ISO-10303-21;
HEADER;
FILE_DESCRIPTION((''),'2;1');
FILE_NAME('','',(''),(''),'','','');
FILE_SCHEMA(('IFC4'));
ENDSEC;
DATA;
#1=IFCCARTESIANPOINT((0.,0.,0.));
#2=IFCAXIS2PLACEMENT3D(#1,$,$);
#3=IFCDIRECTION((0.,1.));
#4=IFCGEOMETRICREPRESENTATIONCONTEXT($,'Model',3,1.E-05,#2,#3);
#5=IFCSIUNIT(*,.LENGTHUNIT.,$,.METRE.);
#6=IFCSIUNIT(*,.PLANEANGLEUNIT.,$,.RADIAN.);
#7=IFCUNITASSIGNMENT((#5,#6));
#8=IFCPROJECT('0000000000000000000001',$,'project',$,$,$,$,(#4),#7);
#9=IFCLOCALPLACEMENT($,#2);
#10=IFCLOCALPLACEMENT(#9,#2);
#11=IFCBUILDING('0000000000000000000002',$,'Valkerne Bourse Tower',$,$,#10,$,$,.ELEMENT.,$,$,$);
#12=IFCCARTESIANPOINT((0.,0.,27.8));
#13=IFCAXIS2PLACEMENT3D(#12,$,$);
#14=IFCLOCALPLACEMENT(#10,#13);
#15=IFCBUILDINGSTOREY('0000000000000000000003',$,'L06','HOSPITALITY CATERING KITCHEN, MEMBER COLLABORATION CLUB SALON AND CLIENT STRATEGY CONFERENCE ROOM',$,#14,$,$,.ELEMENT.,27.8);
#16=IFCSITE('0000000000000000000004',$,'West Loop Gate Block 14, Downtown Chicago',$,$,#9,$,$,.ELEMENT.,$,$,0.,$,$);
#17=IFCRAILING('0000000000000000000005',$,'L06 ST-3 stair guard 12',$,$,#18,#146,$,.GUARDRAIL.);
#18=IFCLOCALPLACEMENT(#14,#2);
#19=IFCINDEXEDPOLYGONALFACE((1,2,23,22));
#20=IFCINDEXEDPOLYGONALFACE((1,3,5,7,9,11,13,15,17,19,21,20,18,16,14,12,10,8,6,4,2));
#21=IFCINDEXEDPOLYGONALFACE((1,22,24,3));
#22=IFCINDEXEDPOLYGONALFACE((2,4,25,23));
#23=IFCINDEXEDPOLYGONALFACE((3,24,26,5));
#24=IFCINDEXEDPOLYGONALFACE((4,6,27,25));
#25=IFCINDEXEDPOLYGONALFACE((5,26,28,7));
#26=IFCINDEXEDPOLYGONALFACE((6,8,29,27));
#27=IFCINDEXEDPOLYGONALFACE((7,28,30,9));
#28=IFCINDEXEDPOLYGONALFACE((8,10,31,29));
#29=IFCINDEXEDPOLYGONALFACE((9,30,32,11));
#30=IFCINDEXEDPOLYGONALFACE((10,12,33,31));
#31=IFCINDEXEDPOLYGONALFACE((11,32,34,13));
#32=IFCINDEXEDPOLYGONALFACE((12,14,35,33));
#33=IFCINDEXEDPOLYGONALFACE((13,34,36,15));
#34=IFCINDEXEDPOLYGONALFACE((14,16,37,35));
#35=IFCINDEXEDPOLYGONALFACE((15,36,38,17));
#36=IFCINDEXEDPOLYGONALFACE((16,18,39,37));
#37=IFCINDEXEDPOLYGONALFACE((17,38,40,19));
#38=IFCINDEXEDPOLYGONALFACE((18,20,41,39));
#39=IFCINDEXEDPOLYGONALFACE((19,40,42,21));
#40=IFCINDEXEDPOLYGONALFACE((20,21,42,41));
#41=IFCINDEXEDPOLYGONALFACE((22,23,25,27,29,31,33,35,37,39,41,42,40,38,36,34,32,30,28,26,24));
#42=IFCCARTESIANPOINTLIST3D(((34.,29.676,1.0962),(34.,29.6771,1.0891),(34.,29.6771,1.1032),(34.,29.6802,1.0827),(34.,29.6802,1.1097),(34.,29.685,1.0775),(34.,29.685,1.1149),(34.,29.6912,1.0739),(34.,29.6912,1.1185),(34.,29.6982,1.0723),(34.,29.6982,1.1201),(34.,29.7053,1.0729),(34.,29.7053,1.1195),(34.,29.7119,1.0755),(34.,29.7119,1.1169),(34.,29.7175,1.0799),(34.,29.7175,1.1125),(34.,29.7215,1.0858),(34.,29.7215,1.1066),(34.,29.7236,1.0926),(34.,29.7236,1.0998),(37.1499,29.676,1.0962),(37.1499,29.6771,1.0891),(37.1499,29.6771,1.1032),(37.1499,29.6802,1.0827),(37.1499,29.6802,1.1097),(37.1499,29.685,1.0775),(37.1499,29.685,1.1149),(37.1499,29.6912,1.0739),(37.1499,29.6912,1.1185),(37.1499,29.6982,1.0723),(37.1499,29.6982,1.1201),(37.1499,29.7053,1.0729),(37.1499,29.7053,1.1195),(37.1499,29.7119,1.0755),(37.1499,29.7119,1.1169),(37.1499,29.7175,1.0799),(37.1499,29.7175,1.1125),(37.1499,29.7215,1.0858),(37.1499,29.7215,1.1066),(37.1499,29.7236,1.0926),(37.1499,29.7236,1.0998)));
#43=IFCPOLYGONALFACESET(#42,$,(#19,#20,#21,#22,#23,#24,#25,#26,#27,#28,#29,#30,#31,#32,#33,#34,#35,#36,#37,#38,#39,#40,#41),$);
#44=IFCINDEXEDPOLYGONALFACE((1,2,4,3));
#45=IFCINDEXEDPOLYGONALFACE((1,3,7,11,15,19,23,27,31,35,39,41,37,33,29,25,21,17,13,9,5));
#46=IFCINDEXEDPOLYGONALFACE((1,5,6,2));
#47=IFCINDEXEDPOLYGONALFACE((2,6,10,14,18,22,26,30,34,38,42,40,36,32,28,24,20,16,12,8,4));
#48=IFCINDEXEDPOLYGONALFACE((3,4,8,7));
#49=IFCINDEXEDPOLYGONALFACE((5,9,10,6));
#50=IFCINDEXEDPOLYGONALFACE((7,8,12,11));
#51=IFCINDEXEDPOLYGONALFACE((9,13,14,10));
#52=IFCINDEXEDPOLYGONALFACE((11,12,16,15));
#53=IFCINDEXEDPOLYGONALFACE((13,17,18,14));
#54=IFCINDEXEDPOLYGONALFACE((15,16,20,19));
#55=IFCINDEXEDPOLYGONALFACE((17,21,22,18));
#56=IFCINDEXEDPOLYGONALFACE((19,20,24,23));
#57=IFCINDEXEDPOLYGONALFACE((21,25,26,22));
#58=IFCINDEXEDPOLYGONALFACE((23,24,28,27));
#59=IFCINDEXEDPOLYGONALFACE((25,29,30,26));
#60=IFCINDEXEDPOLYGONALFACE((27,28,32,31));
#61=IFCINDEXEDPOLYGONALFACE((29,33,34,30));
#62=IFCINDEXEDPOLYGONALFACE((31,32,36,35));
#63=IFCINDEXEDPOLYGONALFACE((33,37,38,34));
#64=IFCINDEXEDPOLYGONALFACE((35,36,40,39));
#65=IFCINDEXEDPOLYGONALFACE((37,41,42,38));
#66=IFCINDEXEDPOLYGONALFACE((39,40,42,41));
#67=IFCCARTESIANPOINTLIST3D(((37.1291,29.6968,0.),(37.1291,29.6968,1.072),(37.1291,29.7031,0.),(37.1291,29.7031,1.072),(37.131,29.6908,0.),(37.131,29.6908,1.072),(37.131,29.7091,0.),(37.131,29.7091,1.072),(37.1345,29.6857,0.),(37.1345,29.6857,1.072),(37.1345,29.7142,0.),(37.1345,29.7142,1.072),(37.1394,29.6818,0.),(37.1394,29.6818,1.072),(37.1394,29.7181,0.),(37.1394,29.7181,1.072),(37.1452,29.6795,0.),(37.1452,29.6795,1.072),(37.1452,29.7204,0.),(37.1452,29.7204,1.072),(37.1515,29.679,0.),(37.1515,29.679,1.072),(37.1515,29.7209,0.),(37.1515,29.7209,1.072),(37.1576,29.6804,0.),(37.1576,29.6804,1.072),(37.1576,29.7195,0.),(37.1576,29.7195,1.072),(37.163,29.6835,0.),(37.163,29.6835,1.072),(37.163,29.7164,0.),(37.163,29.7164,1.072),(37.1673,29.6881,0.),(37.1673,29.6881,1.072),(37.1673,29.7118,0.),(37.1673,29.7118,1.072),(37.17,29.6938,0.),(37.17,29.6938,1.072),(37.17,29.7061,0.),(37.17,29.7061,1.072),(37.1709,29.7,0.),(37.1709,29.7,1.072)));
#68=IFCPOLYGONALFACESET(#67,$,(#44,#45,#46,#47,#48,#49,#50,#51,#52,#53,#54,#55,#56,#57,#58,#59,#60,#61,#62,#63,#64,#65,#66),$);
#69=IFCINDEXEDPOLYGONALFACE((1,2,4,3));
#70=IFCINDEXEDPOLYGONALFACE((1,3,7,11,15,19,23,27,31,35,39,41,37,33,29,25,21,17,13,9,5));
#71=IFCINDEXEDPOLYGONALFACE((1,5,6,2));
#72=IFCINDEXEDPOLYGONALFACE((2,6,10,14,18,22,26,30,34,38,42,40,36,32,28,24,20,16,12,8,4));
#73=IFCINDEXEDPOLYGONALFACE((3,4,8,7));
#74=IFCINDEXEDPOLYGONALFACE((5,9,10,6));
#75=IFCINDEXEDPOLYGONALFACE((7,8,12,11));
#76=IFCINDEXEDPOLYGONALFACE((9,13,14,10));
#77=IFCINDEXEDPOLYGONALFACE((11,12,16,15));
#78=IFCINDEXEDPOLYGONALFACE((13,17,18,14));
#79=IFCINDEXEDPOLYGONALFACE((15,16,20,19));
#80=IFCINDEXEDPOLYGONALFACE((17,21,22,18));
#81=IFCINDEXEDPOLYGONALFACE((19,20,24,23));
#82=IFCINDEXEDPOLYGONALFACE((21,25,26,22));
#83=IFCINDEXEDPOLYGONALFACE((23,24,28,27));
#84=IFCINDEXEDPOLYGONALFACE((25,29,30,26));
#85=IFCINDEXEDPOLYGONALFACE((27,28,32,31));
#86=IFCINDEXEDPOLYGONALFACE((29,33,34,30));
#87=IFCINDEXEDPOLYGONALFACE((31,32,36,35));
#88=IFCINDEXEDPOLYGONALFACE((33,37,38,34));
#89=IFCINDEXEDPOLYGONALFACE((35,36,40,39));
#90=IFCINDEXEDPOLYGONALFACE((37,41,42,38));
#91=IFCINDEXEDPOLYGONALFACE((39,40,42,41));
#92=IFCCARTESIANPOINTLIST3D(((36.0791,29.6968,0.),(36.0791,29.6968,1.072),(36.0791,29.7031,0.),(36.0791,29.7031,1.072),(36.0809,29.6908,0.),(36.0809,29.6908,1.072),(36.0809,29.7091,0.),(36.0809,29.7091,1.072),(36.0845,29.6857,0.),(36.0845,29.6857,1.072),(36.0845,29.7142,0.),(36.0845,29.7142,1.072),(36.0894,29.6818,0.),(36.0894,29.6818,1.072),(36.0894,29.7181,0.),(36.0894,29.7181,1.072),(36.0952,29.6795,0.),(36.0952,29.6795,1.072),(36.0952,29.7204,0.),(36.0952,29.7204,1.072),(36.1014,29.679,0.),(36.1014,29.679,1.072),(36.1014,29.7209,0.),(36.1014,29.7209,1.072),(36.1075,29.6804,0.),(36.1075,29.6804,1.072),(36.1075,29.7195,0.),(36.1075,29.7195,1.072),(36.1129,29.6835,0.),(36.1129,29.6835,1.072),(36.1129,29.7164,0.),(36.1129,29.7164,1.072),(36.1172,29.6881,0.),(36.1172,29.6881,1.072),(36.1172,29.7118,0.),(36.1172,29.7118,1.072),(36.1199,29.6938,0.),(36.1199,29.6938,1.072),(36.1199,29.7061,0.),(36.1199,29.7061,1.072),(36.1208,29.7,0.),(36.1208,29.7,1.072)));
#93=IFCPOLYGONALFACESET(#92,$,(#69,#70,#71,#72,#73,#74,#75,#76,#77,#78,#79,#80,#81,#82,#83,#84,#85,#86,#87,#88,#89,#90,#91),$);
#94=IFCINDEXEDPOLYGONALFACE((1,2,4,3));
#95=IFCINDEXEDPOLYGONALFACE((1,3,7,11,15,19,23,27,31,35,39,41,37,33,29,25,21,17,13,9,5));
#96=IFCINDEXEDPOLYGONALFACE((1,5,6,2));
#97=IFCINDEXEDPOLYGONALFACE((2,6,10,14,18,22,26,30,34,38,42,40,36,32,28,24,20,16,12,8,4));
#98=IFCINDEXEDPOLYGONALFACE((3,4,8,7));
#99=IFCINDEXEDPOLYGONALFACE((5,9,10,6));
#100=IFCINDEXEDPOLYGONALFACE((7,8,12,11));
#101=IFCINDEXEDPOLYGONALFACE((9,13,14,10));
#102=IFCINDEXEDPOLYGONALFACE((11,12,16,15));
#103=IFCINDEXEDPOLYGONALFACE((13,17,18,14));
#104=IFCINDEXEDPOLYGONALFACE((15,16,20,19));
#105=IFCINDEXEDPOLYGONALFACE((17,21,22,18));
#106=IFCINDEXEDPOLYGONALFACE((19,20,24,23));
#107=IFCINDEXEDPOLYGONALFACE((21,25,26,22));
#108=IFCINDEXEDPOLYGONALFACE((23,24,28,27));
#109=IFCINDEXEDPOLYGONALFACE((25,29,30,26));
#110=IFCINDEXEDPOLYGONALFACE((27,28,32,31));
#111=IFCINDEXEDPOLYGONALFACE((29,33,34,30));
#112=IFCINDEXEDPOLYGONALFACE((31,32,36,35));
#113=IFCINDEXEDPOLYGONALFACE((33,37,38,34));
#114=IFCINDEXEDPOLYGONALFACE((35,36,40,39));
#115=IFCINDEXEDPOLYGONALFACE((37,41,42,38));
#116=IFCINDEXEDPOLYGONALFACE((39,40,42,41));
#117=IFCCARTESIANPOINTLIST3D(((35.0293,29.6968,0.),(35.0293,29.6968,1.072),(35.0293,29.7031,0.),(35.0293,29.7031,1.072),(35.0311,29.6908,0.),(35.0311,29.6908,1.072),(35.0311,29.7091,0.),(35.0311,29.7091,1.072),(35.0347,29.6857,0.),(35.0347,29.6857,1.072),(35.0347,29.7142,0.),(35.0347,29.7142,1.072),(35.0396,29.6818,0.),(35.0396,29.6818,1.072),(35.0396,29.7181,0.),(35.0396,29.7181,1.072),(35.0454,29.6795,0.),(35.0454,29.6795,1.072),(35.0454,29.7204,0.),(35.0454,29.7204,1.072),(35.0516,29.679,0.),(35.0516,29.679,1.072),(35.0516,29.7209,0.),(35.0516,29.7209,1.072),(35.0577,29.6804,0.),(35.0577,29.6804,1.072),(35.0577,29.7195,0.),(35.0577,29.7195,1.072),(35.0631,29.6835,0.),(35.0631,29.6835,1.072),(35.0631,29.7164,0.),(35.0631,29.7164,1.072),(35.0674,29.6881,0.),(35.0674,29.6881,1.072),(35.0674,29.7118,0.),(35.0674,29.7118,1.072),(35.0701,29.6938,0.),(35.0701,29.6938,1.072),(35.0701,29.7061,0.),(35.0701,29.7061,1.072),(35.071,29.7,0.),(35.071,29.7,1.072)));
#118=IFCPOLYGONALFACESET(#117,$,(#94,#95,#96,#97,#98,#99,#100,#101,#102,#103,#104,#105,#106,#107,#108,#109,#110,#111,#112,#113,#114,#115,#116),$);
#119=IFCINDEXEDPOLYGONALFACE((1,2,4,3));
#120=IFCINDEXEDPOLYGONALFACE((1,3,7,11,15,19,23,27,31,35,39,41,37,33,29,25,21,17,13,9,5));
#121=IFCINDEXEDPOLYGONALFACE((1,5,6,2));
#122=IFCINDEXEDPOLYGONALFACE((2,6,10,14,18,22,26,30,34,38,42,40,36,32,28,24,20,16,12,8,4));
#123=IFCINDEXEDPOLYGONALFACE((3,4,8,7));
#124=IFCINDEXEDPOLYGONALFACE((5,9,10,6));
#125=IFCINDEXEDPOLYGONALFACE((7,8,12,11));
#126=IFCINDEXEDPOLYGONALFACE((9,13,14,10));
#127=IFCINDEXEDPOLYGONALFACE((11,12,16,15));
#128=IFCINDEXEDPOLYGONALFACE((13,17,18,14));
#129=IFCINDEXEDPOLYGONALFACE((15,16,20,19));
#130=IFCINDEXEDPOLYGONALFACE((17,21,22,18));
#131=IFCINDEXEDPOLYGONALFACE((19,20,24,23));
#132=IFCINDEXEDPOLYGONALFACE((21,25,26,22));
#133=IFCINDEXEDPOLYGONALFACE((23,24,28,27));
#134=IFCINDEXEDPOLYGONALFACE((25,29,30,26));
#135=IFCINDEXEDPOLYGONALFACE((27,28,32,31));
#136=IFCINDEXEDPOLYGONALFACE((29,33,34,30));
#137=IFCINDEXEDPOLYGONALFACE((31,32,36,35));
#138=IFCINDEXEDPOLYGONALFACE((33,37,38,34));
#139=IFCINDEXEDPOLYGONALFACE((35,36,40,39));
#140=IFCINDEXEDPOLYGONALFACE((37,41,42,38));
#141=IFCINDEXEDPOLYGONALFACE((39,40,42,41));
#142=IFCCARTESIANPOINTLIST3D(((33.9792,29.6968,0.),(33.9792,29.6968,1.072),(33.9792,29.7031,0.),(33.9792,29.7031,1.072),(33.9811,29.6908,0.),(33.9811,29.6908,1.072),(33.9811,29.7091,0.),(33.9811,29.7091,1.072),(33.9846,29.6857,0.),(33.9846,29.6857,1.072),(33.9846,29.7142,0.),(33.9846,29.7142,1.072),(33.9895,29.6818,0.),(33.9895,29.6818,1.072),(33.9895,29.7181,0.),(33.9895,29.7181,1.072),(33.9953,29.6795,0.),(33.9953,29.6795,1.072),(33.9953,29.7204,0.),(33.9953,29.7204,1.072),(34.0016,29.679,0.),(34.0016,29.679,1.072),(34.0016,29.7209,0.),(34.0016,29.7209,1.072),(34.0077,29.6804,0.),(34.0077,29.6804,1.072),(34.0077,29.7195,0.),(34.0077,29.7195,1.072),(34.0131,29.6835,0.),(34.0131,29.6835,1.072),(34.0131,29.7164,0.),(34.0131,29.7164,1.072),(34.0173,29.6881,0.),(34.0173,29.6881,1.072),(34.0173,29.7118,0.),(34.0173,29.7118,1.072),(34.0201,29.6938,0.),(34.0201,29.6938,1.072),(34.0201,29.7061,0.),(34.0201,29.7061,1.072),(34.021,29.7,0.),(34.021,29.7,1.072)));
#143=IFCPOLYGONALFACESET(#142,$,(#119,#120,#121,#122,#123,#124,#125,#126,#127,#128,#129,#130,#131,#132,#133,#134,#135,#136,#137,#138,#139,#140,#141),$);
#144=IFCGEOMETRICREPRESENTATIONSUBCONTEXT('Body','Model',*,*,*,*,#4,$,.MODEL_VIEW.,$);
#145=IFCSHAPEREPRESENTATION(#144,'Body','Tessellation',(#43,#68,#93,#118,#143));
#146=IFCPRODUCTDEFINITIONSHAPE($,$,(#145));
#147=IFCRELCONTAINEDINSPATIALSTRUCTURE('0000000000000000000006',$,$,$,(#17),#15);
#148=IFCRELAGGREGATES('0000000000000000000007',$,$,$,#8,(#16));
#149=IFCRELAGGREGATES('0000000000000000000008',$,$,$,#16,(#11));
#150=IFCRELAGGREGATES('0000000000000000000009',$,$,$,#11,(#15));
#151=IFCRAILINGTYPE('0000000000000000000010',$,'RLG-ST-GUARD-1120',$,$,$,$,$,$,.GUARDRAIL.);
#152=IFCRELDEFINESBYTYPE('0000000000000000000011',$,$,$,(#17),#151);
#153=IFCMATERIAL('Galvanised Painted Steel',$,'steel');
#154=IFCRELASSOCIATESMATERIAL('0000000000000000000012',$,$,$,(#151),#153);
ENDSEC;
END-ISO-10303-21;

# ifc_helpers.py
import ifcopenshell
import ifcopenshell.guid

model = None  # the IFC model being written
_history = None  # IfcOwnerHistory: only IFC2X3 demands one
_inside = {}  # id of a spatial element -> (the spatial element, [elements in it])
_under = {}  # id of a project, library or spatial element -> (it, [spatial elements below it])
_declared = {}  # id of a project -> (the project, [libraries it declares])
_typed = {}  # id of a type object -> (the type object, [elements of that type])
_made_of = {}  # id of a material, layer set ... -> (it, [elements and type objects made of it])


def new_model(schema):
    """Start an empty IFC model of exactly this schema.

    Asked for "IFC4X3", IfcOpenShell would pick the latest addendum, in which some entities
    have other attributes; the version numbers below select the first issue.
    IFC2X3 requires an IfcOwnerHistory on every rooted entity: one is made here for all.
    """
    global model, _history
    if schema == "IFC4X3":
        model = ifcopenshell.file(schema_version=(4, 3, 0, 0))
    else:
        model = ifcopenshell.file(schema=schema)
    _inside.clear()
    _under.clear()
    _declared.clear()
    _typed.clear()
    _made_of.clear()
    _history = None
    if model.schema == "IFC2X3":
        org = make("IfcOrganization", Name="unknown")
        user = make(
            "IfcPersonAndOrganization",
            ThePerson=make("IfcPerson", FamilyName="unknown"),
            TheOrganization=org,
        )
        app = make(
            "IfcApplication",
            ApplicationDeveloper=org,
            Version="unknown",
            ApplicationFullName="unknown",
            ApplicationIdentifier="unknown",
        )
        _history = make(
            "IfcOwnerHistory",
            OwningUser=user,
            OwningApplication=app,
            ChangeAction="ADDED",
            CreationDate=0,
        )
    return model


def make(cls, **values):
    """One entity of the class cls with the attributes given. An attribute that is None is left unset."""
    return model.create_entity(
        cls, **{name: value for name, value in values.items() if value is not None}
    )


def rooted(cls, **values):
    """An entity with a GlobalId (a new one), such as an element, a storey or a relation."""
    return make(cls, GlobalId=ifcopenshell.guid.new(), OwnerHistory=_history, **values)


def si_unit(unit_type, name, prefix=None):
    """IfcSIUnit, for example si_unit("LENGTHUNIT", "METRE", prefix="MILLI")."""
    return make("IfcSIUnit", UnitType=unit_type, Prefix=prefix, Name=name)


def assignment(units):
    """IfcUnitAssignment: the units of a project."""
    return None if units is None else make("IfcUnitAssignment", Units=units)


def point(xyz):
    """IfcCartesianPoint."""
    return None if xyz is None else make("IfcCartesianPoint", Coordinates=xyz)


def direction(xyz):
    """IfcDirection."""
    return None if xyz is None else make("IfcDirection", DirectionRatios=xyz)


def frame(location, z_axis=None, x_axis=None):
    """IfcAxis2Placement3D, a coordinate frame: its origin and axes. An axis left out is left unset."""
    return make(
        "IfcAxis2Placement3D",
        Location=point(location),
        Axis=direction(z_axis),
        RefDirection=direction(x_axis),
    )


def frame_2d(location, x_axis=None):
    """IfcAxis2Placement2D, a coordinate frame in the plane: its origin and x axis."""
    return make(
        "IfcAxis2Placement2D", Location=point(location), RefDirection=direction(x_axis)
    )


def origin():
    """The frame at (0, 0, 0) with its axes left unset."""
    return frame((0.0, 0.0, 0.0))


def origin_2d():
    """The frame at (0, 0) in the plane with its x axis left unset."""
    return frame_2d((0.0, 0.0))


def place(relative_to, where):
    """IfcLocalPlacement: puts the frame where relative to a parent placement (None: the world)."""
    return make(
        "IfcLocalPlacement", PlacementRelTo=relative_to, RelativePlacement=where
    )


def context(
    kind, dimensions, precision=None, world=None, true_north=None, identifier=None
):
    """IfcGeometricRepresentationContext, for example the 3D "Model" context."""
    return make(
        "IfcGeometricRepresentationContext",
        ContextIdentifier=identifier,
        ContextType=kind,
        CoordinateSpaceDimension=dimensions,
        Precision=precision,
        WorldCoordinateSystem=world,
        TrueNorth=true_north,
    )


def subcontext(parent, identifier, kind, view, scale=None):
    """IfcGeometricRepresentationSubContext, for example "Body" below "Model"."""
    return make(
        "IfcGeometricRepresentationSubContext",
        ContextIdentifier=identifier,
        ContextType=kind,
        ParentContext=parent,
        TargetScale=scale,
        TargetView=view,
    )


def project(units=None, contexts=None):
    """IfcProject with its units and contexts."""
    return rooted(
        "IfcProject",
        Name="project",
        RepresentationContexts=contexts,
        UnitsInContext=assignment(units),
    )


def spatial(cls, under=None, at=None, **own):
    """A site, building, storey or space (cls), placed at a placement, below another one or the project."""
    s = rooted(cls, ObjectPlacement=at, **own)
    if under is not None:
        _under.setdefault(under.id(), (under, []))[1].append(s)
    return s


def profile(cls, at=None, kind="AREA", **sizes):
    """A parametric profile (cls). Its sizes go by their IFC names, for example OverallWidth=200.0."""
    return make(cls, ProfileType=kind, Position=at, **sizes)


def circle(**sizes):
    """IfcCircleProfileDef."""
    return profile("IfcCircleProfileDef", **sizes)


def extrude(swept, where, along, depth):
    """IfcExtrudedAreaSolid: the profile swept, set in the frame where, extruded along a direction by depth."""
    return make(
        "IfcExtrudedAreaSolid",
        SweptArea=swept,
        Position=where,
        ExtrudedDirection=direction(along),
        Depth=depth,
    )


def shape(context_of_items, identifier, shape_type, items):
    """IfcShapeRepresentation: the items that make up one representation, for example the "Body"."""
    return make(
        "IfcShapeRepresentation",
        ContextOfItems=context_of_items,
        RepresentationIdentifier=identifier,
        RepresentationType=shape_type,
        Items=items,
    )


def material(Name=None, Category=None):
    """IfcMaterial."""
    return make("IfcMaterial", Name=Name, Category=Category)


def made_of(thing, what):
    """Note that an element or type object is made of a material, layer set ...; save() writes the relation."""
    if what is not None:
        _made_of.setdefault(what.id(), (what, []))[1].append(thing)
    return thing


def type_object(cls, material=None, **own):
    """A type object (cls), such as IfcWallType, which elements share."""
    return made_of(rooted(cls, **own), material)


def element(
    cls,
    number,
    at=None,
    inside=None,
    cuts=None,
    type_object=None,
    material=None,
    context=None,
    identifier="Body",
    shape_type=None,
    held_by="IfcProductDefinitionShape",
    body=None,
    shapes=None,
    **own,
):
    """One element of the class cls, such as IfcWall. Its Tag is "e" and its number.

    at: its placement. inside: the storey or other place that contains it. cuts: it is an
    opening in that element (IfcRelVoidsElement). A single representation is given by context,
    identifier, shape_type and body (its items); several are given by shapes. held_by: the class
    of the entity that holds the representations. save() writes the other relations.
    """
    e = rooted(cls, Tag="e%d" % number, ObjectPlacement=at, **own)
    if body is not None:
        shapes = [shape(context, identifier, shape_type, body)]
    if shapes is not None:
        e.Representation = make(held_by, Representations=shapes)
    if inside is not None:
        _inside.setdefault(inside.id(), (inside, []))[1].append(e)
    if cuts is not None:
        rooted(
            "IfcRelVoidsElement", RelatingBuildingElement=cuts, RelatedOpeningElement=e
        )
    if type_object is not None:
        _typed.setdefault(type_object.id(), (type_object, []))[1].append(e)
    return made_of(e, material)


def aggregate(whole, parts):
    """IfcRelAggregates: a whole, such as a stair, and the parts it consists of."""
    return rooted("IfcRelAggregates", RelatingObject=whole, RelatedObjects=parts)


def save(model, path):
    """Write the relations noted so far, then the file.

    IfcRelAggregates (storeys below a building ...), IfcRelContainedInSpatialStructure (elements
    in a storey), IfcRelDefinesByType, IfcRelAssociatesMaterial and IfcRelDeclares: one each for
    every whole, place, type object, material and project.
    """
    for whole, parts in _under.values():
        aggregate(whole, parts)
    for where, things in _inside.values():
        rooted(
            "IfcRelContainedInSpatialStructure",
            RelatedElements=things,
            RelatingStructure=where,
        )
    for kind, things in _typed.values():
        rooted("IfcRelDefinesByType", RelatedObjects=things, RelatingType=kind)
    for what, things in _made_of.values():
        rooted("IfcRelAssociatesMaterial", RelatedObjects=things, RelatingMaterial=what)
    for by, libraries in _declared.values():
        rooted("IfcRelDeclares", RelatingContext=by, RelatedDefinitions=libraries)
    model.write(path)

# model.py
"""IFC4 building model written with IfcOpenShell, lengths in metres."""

from ifc_helpers import new_model, si_unit, direction, frame, origin, origin_2d, place, context, subcontext, project, spatial, circle, extrude, material, type_object, element, save


model = new_model("IFC4")

# Units and contexts
model_context = context("Model", 3, precision=1e-05, world=origin(), true_north=direction((0.0, 1.0)))
body_context = subcontext(model_context, "Body", "Model", "MODEL_VIEW")
ifc_project = project(units=[si_unit("LENGTHUNIT", "METRE"), si_unit("PLANEANGLEUNIT", "RADIAN")], contexts=[model_context])

# Site, building, storey
site_placement = place(None, origin())
site = spatial("IfcSite", under=ifc_project, at=site_placement, Name="West Loop Gate Block 14, Downtown Chicago", CompositionType="ELEMENT", RefElevation=0.0)
building_placement = place(site_placement, origin())
building = spatial("IfcBuilding", under=site, at=building_placement, Name="Valkerne Bourse Tower", CompositionType="ELEMENT")
storey_placement = place(building_placement, frame((0.0, 0.0, 27.8)))
storey = spatial("IfcBuildingStorey", under=building, at=storey_placement, Name="L06", Description="HOSPITALITY CATERING KITCHEN, MEMBER COLLABORATION CLUB SALON AND CLIENT STRATEGY CONFERENCE ROOM", CompositionType="ELEMENT", Elevation=27.8)

# Railing
ifc_material_1 = material(Name="Galvanised Painted Steel", Category="steel")
railing_type_1 = type_object("IfcRailingType", Name="RLG-ST-GUARD-1120", PredefinedType="GUARDRAIL", material=ifc_material_1)
railing_1_placement = place(storey_placement, frame((37.1499, 29.7, 0.0)))
element("IfcRailing", 1, at=railing_1_placement, inside=storey, type_object=railing_type_1, Name="L06 ST-3 stair guard 12", PredefinedType="GUARDRAIL", context=body_context, shape_type="SweptSolid", body=[
    extrude(circle(Radius=0.0239, at=origin_2d()), frame((0.0, 0.0, 1.0962), z_axis=(-1.0, 0.0, 0.0), x_axis=(0.0, -1.0, 0.0)), (0.0, 0.0, 1.0), 3.1499),
    extrude(circle(Radius=0.021, at=origin_2d()), origin(), (0.0, 0.0, 1.0), 1.072),
    extrude(circle(Radius=0.021, at=origin_2d()), frame((-1.05, 0.0, 0.0)), (0.0, 0.0, 1.0), 1.072),
    extrude(circle(Radius=0.021, at=origin_2d()), frame((-2.0999, 0.0, 0.0)), (0.0, 0.0, 1.0), 1.072),
    extrude(circle(Radius=0.021, at=origin_2d()), frame((-3.1499, 0.0, 0.0)), (0.0, 0.0, 1.0), 1.072),
])

save(model, "model.ifc")
